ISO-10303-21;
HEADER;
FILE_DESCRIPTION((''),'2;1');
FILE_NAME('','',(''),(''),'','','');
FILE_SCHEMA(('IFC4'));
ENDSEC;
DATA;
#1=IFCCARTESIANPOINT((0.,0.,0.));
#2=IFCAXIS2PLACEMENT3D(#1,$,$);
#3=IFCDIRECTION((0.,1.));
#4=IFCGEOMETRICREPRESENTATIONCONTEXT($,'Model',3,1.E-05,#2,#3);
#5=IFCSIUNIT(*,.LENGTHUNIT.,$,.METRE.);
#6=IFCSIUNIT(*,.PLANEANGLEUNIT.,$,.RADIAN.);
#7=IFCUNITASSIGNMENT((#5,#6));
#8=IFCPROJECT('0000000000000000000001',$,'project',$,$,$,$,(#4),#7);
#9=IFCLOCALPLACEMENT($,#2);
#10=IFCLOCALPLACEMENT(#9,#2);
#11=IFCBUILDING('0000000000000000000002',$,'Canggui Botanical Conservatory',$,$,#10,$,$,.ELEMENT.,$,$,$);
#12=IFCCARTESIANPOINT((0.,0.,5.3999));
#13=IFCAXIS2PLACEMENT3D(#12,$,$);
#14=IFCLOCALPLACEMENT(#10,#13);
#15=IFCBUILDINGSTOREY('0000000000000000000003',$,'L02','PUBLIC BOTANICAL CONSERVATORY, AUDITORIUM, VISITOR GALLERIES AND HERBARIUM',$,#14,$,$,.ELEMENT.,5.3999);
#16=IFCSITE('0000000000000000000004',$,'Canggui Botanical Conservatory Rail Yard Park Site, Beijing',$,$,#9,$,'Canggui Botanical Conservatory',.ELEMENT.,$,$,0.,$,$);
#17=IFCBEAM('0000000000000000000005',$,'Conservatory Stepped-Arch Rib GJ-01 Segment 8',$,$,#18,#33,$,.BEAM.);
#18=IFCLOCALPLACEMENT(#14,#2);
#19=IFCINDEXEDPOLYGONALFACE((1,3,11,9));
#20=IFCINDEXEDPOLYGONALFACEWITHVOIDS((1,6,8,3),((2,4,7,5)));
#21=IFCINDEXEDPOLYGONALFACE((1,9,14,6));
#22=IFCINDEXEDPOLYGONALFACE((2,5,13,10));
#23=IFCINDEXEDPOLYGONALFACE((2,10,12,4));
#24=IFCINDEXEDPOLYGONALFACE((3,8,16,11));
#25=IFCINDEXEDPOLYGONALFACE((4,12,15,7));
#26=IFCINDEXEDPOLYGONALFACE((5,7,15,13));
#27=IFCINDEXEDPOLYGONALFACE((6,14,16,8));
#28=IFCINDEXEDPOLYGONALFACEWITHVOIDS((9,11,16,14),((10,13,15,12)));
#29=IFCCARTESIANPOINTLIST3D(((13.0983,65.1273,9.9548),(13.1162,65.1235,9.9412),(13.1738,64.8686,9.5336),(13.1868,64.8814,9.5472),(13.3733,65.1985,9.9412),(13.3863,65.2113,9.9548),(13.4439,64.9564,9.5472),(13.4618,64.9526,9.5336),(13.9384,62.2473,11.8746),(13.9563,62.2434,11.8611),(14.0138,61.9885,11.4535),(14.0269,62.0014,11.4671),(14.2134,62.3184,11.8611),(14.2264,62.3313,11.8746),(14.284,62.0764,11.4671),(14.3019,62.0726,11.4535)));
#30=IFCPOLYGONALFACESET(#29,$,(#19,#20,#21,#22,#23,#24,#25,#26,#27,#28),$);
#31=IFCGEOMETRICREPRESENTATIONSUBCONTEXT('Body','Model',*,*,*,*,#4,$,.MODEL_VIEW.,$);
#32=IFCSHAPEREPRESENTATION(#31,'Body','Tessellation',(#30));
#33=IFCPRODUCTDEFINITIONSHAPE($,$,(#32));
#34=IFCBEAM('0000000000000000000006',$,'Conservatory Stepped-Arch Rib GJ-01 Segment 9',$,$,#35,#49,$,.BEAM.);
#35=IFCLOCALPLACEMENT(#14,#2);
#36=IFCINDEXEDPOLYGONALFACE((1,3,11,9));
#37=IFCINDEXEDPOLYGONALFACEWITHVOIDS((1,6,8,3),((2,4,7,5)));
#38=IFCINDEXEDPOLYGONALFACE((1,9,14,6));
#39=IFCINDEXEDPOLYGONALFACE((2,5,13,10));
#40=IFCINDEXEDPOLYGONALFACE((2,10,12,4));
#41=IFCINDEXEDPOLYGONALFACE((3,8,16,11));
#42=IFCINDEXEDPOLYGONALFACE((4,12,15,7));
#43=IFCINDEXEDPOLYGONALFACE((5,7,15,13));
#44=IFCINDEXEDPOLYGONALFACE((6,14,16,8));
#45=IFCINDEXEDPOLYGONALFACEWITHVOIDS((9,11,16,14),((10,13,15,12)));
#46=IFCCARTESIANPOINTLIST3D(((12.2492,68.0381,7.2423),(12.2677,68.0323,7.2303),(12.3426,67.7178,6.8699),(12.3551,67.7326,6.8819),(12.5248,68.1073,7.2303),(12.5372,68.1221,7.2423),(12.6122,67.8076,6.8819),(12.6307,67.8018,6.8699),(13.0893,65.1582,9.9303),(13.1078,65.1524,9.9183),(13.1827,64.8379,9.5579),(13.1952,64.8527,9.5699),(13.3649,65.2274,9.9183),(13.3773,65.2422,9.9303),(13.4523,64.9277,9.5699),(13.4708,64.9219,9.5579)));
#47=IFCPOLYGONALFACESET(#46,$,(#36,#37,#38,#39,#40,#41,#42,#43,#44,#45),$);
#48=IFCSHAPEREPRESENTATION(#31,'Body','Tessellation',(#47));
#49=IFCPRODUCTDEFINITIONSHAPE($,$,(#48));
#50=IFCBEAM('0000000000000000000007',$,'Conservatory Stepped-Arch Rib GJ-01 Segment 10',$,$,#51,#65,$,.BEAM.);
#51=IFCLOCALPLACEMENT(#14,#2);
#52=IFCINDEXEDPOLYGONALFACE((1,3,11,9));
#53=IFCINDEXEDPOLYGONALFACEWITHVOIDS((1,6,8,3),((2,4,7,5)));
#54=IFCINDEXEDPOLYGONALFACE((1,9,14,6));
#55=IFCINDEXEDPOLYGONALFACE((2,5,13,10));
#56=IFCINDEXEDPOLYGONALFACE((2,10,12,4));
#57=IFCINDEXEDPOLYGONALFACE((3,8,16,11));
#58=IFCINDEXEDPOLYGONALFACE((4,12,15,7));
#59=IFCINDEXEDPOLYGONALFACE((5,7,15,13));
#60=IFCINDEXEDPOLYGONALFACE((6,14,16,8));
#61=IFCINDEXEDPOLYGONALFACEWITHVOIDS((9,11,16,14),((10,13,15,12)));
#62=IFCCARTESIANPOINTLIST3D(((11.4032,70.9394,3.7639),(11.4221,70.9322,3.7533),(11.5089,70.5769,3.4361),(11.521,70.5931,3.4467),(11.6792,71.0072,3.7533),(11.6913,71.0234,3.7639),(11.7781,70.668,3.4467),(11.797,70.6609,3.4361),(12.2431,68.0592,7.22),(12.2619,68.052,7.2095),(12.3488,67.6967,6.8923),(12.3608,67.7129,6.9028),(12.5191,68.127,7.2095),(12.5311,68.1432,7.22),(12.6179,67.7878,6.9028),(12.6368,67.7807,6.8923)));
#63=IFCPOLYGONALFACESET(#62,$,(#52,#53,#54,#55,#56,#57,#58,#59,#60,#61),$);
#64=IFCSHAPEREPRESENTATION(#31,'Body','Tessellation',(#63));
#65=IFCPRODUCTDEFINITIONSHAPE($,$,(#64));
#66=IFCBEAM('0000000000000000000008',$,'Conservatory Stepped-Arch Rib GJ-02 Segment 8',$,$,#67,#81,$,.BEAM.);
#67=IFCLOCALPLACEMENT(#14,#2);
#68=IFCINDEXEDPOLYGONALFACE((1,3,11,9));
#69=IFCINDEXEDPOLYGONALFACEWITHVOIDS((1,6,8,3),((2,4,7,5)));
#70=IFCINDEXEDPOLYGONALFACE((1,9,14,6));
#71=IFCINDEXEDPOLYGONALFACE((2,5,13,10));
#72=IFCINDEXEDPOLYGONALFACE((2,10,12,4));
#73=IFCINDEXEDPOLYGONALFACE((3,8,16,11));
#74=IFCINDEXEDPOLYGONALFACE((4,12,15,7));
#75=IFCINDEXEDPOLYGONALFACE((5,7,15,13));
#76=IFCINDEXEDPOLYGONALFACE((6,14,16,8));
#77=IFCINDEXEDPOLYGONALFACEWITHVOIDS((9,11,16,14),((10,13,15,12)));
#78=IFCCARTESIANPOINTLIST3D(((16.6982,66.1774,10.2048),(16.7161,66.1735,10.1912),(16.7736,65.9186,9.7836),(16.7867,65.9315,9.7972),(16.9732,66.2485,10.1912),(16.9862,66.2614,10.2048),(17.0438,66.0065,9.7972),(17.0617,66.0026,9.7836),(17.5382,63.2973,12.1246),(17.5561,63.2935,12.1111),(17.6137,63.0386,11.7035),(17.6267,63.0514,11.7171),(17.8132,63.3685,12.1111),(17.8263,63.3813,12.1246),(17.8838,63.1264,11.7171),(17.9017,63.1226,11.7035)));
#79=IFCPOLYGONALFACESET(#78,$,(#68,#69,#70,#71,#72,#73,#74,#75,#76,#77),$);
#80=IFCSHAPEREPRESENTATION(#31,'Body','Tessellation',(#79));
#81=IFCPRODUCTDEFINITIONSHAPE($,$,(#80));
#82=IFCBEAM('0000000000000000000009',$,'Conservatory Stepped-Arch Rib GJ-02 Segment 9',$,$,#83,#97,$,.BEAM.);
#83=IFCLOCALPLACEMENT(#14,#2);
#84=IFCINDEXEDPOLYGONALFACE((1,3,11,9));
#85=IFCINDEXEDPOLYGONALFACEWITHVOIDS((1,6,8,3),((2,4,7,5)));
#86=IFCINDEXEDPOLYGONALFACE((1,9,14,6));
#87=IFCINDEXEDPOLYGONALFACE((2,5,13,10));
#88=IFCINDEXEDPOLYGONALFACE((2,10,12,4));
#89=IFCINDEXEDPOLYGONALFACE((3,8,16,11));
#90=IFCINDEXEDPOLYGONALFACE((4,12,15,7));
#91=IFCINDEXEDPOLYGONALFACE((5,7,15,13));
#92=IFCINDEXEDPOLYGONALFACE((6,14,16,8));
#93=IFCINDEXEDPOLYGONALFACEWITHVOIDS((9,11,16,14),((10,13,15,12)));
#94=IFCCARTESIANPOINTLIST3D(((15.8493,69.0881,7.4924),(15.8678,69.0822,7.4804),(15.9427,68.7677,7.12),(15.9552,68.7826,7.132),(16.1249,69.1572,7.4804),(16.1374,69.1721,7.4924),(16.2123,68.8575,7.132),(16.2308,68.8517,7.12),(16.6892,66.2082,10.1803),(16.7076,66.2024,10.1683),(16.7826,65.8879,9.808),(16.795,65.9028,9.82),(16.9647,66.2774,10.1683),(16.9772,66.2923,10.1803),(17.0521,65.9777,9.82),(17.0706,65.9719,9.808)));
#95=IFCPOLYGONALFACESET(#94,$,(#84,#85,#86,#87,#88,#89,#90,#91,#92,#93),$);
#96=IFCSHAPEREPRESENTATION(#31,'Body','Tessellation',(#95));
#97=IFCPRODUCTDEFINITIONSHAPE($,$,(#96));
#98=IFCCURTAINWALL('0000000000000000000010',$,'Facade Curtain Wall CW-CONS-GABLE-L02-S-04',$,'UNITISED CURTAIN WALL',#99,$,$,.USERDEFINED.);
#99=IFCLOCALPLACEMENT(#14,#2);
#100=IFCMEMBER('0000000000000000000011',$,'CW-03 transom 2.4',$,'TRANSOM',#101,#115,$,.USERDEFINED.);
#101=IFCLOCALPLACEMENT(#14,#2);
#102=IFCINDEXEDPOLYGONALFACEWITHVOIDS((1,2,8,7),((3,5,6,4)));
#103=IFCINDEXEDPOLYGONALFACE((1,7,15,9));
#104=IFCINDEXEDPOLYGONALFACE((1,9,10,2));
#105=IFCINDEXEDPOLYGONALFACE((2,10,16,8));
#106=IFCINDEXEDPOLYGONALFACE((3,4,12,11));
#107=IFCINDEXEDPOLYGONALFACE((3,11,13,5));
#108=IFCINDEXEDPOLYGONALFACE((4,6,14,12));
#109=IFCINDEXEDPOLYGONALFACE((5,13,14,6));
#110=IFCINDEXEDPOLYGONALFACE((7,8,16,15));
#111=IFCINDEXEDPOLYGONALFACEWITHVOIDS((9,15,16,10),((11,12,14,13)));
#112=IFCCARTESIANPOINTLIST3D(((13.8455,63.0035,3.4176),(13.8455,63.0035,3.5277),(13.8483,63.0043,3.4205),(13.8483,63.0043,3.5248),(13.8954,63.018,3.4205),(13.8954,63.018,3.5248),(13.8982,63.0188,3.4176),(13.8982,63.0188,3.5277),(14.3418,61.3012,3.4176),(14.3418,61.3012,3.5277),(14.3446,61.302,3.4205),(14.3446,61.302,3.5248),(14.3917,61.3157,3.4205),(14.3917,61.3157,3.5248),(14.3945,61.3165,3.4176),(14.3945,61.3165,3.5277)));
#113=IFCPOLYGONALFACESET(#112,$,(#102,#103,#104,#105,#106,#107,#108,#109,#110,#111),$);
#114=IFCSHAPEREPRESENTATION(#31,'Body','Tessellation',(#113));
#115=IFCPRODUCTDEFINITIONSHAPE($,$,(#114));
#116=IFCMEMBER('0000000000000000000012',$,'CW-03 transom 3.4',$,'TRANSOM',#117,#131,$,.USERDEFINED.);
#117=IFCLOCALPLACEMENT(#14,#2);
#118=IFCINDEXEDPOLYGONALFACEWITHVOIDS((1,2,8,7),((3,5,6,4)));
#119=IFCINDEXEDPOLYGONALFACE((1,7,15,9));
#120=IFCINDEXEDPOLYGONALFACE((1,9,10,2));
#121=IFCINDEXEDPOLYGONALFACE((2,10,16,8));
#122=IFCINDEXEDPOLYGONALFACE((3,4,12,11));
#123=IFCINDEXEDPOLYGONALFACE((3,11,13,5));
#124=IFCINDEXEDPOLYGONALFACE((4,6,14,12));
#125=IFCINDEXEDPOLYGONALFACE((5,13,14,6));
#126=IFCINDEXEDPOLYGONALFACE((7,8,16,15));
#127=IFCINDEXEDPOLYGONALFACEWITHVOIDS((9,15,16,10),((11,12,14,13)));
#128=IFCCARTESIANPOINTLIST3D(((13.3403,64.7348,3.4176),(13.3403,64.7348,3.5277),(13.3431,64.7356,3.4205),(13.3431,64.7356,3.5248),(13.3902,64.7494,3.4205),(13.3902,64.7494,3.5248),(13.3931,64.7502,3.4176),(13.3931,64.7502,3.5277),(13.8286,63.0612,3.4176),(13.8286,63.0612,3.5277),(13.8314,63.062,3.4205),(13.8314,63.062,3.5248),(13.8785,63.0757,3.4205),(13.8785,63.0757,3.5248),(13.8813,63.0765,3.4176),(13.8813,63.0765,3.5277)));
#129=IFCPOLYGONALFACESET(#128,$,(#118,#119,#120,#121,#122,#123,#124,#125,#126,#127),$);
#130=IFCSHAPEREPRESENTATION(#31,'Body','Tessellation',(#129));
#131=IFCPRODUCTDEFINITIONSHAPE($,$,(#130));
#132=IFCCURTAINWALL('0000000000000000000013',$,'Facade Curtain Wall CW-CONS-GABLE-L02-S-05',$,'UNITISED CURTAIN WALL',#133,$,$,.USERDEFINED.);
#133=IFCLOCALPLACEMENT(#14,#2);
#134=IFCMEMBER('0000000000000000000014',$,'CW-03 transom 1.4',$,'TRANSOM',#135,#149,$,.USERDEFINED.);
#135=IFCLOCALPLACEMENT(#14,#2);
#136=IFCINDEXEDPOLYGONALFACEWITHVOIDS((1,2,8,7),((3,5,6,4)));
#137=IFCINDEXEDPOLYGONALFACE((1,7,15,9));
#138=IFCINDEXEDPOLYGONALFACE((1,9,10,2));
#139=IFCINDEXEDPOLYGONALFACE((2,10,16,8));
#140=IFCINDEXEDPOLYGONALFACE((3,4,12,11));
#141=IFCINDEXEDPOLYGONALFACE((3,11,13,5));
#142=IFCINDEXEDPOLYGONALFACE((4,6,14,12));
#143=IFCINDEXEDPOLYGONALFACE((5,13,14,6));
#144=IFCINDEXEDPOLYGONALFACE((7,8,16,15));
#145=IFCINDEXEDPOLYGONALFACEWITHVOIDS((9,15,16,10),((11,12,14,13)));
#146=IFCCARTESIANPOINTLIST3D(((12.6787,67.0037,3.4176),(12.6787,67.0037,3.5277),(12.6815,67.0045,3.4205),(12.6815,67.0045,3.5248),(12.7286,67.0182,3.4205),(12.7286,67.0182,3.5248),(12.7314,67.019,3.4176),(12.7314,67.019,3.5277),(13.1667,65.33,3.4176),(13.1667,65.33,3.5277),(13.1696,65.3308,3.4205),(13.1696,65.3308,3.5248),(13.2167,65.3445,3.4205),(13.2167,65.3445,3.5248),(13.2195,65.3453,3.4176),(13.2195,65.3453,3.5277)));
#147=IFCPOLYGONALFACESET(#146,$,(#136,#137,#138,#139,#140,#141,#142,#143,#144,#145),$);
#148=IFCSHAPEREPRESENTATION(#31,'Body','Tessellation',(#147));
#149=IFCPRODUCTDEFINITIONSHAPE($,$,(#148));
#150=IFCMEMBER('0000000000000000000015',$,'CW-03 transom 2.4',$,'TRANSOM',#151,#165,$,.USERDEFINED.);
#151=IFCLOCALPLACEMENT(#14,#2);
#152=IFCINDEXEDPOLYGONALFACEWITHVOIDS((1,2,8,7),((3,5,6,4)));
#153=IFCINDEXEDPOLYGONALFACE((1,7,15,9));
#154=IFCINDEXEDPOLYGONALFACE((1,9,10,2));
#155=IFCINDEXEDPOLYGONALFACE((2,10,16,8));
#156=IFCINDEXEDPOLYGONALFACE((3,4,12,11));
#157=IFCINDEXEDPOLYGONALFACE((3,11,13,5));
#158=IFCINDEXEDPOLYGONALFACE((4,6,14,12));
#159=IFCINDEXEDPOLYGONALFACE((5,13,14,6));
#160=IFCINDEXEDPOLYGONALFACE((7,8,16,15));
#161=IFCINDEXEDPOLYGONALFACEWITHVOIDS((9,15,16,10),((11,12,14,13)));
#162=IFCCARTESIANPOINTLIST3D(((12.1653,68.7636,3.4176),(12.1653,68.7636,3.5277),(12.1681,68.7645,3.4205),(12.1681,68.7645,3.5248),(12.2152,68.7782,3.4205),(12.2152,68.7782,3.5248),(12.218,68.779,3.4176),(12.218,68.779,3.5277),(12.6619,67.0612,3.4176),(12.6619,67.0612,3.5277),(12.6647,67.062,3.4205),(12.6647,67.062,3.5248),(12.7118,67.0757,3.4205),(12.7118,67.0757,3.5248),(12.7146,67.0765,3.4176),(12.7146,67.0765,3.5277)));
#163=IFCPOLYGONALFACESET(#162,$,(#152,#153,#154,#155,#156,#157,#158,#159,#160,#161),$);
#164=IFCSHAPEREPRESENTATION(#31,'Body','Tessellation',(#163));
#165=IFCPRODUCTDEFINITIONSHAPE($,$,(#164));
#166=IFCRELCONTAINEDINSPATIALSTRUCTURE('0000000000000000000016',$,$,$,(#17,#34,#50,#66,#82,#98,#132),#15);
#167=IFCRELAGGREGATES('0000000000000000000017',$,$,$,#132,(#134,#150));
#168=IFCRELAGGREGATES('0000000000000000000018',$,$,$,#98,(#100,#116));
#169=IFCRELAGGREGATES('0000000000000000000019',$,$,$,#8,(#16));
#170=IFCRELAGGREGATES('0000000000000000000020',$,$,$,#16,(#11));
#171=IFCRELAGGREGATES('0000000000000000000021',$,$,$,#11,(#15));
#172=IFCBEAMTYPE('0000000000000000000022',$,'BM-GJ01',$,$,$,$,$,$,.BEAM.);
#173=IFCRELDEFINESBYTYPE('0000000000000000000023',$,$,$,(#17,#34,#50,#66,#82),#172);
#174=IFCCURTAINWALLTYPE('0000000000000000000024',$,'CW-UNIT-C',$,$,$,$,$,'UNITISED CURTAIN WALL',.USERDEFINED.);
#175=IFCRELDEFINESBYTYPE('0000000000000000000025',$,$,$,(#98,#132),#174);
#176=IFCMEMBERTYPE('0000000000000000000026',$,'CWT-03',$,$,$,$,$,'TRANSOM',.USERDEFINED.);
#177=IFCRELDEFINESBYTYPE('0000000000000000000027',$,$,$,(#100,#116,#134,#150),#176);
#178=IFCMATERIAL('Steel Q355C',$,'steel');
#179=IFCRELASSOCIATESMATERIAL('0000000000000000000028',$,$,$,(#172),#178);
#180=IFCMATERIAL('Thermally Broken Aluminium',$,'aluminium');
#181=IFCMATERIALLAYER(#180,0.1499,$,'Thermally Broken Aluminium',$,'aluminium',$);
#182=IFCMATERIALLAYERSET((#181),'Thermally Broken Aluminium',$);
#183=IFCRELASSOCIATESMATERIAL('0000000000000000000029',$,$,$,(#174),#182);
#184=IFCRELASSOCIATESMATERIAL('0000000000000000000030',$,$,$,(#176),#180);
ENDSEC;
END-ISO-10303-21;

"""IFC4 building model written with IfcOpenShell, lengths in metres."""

from ifc_helpers import new_model, si_unit, direction, frame, origin, origin_2d, place, context, subcontext, project, spatial, hollow_rectangle, extrude, material, layer, layer_set, material_profile, profile_set, type_object, element, aggregate, save


model = new_model("IFC4")

# Units and contexts
model_context = context("Model", 3, precision=1e-05, world=origin(), true_north=direction((0.0, 1.0)))
body_context = subcontext(model_context, "Body", "Model", "MODEL_VIEW")
ifc_project = project(units=[si_unit("LENGTHUNIT", "METRE"), si_unit("PLANEANGLEUNIT", "RADIAN")], contexts=[model_context])

# Site, building, storey
site_placement = place(None, origin())
site = spatial("IfcSite", under=ifc_project, at=site_placement, Name="Canggui Botanical Conservatory Rail Yard Park Site, Beijing", LongName="Canggui Botanical Conservatory", CompositionType="ELEMENT", RefElevation=0.0)
building_placement = place(site_placement, origin())
building = spatial("IfcBuilding", under=site, at=building_placement, Name="Canggui Botanical Conservatory", CompositionType="ELEMENT")
storey_placement = place(building_placement, frame((0.0, 0.0, 5.3999)))
storey = spatial("IfcBuildingStorey", under=building, at=storey_placement, Name="L02", Description="PUBLIC BOTANICAL CONSERVATORY, AUDITORIUM, VISITOR GALLERIES AND HERBARIUM", CompositionType="ELEMENT", Elevation=5.3999)

# Beams
ifc_material_1 = material(Name="Steel Q355C", Category="steel")
ifc_material_profile_1 = material_profile(ifc_material_1, hollow_rectangle(XDim=0.3, YDim=0.5, WallThickness=0.0161, at=origin_2d()), Name="RHS 300x500x16")
ifc_profile_set_1 = profile_set([ifc_material_profile_1], Name="Steel Q355C")
beam_type = type_object("IfcBeamType", Name="BM-GJ01", PredefinedType="BEAM", material=ifc_profile_set_1)
beam_1_placement = place(storey_placement, frame((14.1201, 62.1599, 11.6641), z_axis=(-0.235855, 0.808598, -0.539019), x_axis=(-0.959995, -0.280016, 0.0)))
element("IfcBeam", 1, at=beam_1_placement, inside=storey, type_object=beam_type, Name="Conservatory Stepped-Arch Rib GJ-01 Segment 8", PredefinedType="BEAM", context=body_context, shape_type="SweptSolid", body=[
    extrude(hollow_rectangle(XDim=0.3, YDim=0.5, WallThickness=0.0161, at=origin_2d()), origin(), (0.0, 0.0, 1.0), 3.5618),
])
beam_2_placement = place(storey_placement, frame((13.28, 65.04, 9.7441), z_axis=(-0.208562, 0.714967, -0.667326), x_axis=(-0.959989, -0.280038, 0.0)))
element("IfcBeam", 2, at=beam_2_placement, inside=storey, type_object=beam_type, Name="Conservatory Stepped-Arch Rib GJ-01 Segment 9", PredefinedType="BEAM", context=body_context, shape_type="SweptSolid", body=[
    extrude(hollow_rectangle(XDim=0.3, YDim=0.5, WallThickness=0.0161, at=origin_2d()), origin(), (0.0, 0.0, 1.0), 4.0281),
])
beam_3_placement = place(storey_placement, frame((12.4399, 67.9199, 7.0562), z_axis=(-0.18351, 0.629323, -0.755166), x_axis=(-0.960017, -0.279941, 0.0)))
element("IfcBeam", 3, at=beam_3_placement, inside=storey, type_object=beam_type, Name="Conservatory Stepped-Arch Rib GJ-01 Segment 10", PredefinedType="BEAM", context=body_context, shape_type="SweptSolid", body=[
    extrude(hollow_rectangle(XDim=0.3, YDim=0.5, WallThickness=0.0161, at=origin_2d()), origin(), (0.0, 0.0, 1.0), 4.5767),
])
beam_4_placement = place(storey_placement, frame((17.72, 63.21, 11.9141), z_axis=(-0.235855, 0.808598, -0.539019), x_axis=(-0.959995, -0.280016, 0.0)))
element("IfcBeam", 4, at=beam_4_placement, inside=storey, type_object=beam_type, Name="Conservatory Stepped-Arch Rib GJ-02 Segment 8", PredefinedType="BEAM", context=body_context, shape_type="SweptSolid", body=[
    extrude(hollow_rectangle(XDim=0.3, YDim=0.5, WallThickness=0.0161, at=origin_2d()), origin(), (0.0, 0.0, 1.0), 3.5618),
])
beam_5_placement = place(storey_placement, frame((16.8799, 66.0901, 9.9941), z_axis=(-0.208504, 0.714976, -0.667335), x_axis=(-0.960011, -0.279962, 0.0)))
element("IfcBeam", 5, at=beam_5_placement, inside=storey, type_object=beam_type, Name="Conservatory Stepped-Arch Rib GJ-02 Segment 9", PredefinedType="BEAM", context=body_context, shape_type="SweptSolid", body=[
    extrude(hollow_rectangle(XDim=0.3, YDim=0.5, WallThickness=0.0161, at=origin_2d()), origin(), (0.0, 0.0, 1.0), 4.0278),
])

# Curtain walls, members
ifc_material_2 = material(Name="Thermally Broken Aluminium", Category="aluminium")
ifc_layer_1 = layer(ifc_material_2, 0.1499, Name="Thermally Broken Aluminium", Category="aluminium")
ifc_layer_set_1 = layer_set([ifc_layer_1], Name="Thermally Broken Aluminium")
curtain_wall_type = type_object("IfcCurtainWallType", Name="CW-UNIT-C", ElementType="UNITISED CURTAIN WALL", PredefinedType="USERDEFINED", material=ifc_layer_set_1)
curtain_wall_1_placement = place(storey_placement, origin())
curtain_wall_1 = element("IfcCurtainWall", 6, at=curtain_wall_1_placement, inside=storey, type_object=curtain_wall_type, Name="Facade Curtain Wall CW-CONS-GABLE-L02-S-04", ObjectType="UNITISED CURTAIN WALL", PredefinedType="USERDEFINED")
ifc_material_profile_2 = material_profile(ifc_material_2, hollow_rectangle(XDim=0.0549, YDim=0.1101, WallThickness=0.0029, at=origin_2d()), Name="CWT 55x110x3")
ifc_profile_set_2 = profile_set([ifc_material_profile_2], Name="Thermally Broken Aluminium")
member_type_1 = type_object("IfcMemberType", Name="CWT-03", ElementType="TRANSOM", PredefinedType="USERDEFINED", material=ifc_profile_set_2)
member_1_placement = place(storey_placement, frame((14.3682, 61.3088, 3.4727), z_axis=(-0.2799, 0.960029, 0.0), x_axis=(-0.960029, -0.2799, 0.0)))
member_1 = element("IfcMember", 7, at=member_1_placement, type_object=member_type_1, Name="CW-03 transom 2.4", ObjectType="TRANSOM", PredefinedType="USERDEFINED", context=body_context, shape_type="SweptSolid", body=[
    extrude(hollow_rectangle(XDim=0.0549, YDim=0.1101, WallThickness=0.0029, at=origin_2d()), origin(), (0.0, 0.0, 1.0), 1.7732),
])
member_2_placement = place(storey_placement, frame((13.855, 63.0688, 3.4727), z_axis=(-0.280081, 0.959976, 0.0), x_axis=(-0.959976, -0.280081, 0.0)))
member_2 = element("IfcMember", 8, at=member_2_placement, type_object=member_type_1, Name="CW-03 transom 3.4", ObjectType="TRANSOM", PredefinedType="USERDEFINED", context=body_context, shape_type="SweptSolid", body=[
    extrude(hollow_rectangle(XDim=0.0549, YDim=0.1101, WallThickness=0.0029, at=origin_2d()), origin(), (0.0, 0.0, 1.0), 1.7434),
])
curtain_wall_2_placement = place(storey_placement, origin())
curtain_wall_2 = element("IfcCurtainWall", 9, at=curtain_wall_2_placement, inside=storey, type_object=curtain_wall_type, Name="Facade Curtain Wall CW-CONS-GABLE-L02-S-05", ObjectType="UNITISED CURTAIN WALL", PredefinedType="USERDEFINED")
member_3_placement = place(storey_placement, frame((13.1931, 65.3376, 3.4727), z_axis=(-0.279952, 0.960014, 0.0), x_axis=(-0.960014, -0.279952, 0.0)))
member_3 = element("IfcMember", 10, at=member_3_placement, type_object=member_type_1, Name="CW-03 transom 1.4", ObjectType="TRANSOM", PredefinedType="USERDEFINED", context=body_context, shape_type="SweptSolid", body=[
    extrude(hollow_rectangle(XDim=0.0549, YDim=0.1101, WallThickness=0.0029, at=origin_2d()), origin(), (0.0, 0.0, 1.0), 1.7434),
])
member_4_placement = place(storey_placement, frame((12.6882, 67.0688, 3.4727), z_axis=(-0.280026, 0.959992, 0.0), x_axis=(-0.959992, -0.280026, 0.0)))
member_4 = element("IfcMember", 11, at=member_4_placement, type_object=member_type_1, Name="CW-03 transom 2.4", ObjectType="TRANSOM", PredefinedType="USERDEFINED", context=body_context, shape_type="SweptSolid", body=[
    extrude(hollow_rectangle(XDim=0.0549, YDim=0.1101, WallThickness=0.0029, at=origin_2d()), origin(), (0.0, 0.0, 1.0), 1.7734),
])
aggregate(curtain_wall_2, [member_3, member_4])

aggregate(curtain_wall_1, [member_1, member_2])

save(model, "model.ifc")
